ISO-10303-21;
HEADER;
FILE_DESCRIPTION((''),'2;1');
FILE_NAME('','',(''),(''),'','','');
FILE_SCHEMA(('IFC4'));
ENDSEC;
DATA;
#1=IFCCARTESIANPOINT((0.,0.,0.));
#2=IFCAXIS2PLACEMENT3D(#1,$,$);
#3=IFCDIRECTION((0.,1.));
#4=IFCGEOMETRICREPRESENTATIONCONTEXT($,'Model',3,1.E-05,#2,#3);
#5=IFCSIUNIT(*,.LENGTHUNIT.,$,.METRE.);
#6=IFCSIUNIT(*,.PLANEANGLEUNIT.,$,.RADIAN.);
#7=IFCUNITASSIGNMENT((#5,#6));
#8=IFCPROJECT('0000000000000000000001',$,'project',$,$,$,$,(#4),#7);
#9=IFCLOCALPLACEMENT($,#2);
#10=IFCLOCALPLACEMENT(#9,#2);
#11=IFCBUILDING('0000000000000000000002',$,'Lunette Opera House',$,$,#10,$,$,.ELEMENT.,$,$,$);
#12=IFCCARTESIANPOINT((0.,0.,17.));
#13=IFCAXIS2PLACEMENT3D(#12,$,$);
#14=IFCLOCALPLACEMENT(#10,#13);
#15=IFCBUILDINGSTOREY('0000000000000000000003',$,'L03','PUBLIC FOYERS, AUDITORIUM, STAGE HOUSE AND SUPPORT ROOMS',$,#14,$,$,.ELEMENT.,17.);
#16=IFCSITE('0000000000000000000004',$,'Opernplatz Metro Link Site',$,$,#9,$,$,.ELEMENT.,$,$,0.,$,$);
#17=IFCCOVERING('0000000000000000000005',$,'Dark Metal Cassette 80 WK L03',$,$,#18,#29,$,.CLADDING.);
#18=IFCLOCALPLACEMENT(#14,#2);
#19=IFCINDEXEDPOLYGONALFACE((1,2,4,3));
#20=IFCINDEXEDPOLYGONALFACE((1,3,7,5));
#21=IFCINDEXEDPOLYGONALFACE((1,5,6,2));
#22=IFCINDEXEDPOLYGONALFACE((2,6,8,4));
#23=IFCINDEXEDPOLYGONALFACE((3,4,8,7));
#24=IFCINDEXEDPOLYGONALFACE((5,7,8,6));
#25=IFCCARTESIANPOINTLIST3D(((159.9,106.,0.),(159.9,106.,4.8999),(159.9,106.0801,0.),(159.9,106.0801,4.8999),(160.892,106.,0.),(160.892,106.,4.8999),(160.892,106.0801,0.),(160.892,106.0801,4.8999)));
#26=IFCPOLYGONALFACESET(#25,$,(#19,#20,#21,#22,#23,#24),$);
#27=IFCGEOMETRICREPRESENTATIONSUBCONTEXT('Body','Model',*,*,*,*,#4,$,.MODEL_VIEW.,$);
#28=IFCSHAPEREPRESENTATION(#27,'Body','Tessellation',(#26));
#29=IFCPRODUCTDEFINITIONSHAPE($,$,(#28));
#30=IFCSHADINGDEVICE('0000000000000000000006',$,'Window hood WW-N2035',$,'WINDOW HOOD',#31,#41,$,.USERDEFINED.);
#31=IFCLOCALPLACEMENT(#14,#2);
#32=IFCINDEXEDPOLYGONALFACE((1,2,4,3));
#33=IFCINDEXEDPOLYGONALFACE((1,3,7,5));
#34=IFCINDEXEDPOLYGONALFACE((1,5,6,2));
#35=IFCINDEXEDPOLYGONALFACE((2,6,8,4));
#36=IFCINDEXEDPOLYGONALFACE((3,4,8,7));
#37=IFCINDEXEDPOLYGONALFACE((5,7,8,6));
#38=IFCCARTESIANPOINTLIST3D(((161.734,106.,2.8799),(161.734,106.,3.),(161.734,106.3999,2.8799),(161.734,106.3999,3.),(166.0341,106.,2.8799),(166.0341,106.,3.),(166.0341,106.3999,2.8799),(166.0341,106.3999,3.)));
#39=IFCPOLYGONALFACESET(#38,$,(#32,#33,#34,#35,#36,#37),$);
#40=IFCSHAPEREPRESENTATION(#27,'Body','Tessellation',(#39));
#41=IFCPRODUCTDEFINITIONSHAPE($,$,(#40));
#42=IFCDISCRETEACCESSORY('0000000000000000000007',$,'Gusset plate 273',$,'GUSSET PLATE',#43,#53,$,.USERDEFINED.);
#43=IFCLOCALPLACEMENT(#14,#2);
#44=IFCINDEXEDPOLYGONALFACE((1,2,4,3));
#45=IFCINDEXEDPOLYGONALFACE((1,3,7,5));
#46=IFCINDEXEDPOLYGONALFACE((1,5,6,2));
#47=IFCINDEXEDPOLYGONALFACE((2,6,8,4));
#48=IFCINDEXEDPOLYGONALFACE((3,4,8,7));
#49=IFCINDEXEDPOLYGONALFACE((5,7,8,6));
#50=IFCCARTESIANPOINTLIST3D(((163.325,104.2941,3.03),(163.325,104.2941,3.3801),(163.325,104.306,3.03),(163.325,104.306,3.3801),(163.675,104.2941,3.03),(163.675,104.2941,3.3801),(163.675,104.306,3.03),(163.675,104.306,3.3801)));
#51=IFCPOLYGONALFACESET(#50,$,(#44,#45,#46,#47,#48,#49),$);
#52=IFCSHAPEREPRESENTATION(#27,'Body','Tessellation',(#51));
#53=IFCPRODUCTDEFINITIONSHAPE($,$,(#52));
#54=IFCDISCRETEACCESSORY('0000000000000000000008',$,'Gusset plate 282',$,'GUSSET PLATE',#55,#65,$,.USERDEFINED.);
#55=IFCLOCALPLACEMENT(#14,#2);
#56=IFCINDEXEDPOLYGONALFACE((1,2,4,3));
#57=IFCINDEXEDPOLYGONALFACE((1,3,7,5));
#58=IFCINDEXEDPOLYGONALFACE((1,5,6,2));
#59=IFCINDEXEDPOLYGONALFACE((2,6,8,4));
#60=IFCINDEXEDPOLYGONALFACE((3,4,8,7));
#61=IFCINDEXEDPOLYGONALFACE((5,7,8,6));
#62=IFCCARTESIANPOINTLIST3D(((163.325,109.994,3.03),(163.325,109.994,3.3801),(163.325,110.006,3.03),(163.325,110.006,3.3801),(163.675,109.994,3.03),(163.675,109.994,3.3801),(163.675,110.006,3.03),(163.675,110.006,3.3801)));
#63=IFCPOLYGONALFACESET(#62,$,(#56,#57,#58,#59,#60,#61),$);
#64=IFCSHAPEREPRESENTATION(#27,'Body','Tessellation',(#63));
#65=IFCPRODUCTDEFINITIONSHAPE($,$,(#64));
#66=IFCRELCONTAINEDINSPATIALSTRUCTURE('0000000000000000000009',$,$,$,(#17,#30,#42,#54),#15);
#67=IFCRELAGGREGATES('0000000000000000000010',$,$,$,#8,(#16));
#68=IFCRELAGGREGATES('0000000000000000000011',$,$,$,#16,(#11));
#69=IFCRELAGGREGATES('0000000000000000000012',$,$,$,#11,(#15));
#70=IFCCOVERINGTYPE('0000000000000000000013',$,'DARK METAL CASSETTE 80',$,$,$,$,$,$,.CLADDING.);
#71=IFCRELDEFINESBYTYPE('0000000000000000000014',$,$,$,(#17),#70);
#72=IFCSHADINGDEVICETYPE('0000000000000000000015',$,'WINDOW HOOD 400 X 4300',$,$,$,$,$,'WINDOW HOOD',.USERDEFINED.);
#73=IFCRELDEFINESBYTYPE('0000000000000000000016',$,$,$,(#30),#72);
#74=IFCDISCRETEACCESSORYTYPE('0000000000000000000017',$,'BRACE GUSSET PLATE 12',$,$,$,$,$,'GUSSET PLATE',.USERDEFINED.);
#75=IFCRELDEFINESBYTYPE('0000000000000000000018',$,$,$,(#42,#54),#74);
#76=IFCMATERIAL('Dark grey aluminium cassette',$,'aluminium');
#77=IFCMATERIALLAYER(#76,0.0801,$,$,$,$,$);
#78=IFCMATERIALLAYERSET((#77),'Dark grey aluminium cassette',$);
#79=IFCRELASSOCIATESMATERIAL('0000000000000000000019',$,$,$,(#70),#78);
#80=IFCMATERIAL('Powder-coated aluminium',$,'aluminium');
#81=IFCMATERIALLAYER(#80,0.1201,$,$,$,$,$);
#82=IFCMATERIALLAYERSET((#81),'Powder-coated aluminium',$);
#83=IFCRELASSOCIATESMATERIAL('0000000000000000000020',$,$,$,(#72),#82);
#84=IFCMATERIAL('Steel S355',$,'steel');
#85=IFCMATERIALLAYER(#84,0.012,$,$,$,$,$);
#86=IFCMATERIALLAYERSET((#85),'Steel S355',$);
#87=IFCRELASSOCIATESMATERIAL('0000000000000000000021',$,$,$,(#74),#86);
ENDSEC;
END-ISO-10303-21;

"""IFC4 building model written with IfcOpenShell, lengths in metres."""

from ifc_helpers import new_model, si_unit, direction, frame, origin, origin_2d, place, context, subcontext, project, spatial, rectangle, extrude, material, layer, layer_set, type_object, element, save


model = new_model("IFC4")

# Units and contexts
model_context = context("Model", 3, precision=1e-05, world=origin(), true_north=direction((0.0, 1.0)))
body_context = subcontext(model_context, "Body", "Model", "MODEL_VIEW")
ifc_project = project(units=[si_unit("LENGTHUNIT", "METRE"), si_unit("PLANEANGLEUNIT", "RADIAN")], contexts=[model_context])

# Site, building, storey
site_placement = place(None, origin())
site = spatial("IfcSite", under=ifc_project, at=site_placement, Name="Opernplatz Metro Link Site", CompositionType="ELEMENT", RefElevation=0.0)
building_placement = place(site_placement, origin())
building = spatial("IfcBuilding", under=site, at=building_placement, Name="Lunette Opera House", CompositionType="ELEMENT")
storey_placement = place(building_placement, frame((0.0, 0.0, 17.0)))
storey = spatial("IfcBuildingStorey", under=building, at=storey_placement, Name="L03", Description="PUBLIC FOYERS, AUDITORIUM, STAGE HOUSE AND SUPPORT ROOMS", CompositionType="ELEMENT", Elevation=17.0)

# Covering
ifc_material_1 = material(Name="Dark grey aluminium cassette", Category="aluminium")
ifc_layer_1 = layer(ifc_material_1, 0.0801)
ifc_layer_set_1 = layer_set([ifc_layer_1], Name="Dark grey aluminium cassette")
covering_type = type_object("IfcCoveringType", Name="DARK METAL CASSETTE 80", PredefinedType="CLADDING", material=ifc_layer_set_1)
for number, where, z_axis, x_axis, name in (
    (1, (160.396, 106.04, 0.0), (0.0, 0.0, 1.0), (-1.0, 0.0, 0.0), "Dark Metal Cassette 80 WK L03"),
):
    element("IfcCovering", number, at=place(storey_placement, frame(where, z_axis=z_axis, x_axis=x_axis)), inside=storey, type_object=covering_type, Name=name, PredefinedType="CLADDING", context=body_context, shape_type="SweptSolid", body=[
        extrude(rectangle(XDim=0.9919, YDim=0.0801, at=origin_2d()), origin(), (0.0, 0.0, 1.0), 4.8999),
    ])

# Shading device
ifc_material_2 = material(Name="Powder-coated aluminium", Category="aluminium")
ifc_layer_2 = layer(ifc_material_2, 0.1201)
ifc_layer_set_2 = layer_set([ifc_layer_2], Name="Powder-coated aluminium")
shading_device_type = type_object("IfcShadingDeviceType", Name="WINDOW HOOD 400 X 4300", ElementType="WINDOW HOOD", PredefinedType="USERDEFINED", material=ifc_layer_set_2)
shading_device_placement = place(storey_placement, frame((163.884, 106.2, 2.8799), z_axis=(0.0, 0.0, 1.0), x_axis=(0.0, 1.0, 0.0)))
element("IfcShadingDevice", 2, at=shading_device_placement, inside=storey, type_object=shading_device_type, Name="Window hood WW-N2035", ObjectType="WINDOW HOOD", PredefinedType="USERDEFINED", context=body_context, shape_type="SweptSolid", body=[
    extrude(rectangle(XDim=0.3999, YDim=4.3, at=origin_2d()), origin(), (0.0, 0.0, 1.0), 0.1201),
])

# Discrete accessories
ifc_material_3 = material(Name="Steel S355", Category="steel")
ifc_layer_3 = layer(ifc_material_3, 0.012)
ifc_layer_set_3 = layer_set([ifc_layer_3], Name="Steel S355")
discrete_accessory_type = type_object("IfcDiscreteAccessoryType", Name="BRACE GUSSET PLATE 12", ElementType="GUSSET PLATE", PredefinedType="USERDEFINED", material=ifc_layer_set_3)
for number, where, z_axis, x_axis, name in (
    (3, (163.5, 104.3, 3.03), (0.0, 0.0, 1.0), (1.0, 0.0, 0.0), "Gusset plate 273"),
    (4, (163.5, 110.0, 3.03), (0.0, 0.0, 1.0), (1.0, 0.0, 0.0), "Gusset plate 282"),
):
    element("IfcDiscreteAccessory", number, at=place(storey_placement, frame(where, z_axis=z_axis, x_axis=x_axis)), inside=storey, type_object=discrete_accessory_type, Name=name, ObjectType="GUSSET PLATE", PredefinedType="USERDEFINED", context=body_context, shape_type="SweptSolid", body=[
        extrude(rectangle(XDim=0.3501, YDim=0.012, at=origin_2d()), origin(), (0.0, 0.0, 1.0), 0.3501),
    ])

save(model, "model.ifc")
